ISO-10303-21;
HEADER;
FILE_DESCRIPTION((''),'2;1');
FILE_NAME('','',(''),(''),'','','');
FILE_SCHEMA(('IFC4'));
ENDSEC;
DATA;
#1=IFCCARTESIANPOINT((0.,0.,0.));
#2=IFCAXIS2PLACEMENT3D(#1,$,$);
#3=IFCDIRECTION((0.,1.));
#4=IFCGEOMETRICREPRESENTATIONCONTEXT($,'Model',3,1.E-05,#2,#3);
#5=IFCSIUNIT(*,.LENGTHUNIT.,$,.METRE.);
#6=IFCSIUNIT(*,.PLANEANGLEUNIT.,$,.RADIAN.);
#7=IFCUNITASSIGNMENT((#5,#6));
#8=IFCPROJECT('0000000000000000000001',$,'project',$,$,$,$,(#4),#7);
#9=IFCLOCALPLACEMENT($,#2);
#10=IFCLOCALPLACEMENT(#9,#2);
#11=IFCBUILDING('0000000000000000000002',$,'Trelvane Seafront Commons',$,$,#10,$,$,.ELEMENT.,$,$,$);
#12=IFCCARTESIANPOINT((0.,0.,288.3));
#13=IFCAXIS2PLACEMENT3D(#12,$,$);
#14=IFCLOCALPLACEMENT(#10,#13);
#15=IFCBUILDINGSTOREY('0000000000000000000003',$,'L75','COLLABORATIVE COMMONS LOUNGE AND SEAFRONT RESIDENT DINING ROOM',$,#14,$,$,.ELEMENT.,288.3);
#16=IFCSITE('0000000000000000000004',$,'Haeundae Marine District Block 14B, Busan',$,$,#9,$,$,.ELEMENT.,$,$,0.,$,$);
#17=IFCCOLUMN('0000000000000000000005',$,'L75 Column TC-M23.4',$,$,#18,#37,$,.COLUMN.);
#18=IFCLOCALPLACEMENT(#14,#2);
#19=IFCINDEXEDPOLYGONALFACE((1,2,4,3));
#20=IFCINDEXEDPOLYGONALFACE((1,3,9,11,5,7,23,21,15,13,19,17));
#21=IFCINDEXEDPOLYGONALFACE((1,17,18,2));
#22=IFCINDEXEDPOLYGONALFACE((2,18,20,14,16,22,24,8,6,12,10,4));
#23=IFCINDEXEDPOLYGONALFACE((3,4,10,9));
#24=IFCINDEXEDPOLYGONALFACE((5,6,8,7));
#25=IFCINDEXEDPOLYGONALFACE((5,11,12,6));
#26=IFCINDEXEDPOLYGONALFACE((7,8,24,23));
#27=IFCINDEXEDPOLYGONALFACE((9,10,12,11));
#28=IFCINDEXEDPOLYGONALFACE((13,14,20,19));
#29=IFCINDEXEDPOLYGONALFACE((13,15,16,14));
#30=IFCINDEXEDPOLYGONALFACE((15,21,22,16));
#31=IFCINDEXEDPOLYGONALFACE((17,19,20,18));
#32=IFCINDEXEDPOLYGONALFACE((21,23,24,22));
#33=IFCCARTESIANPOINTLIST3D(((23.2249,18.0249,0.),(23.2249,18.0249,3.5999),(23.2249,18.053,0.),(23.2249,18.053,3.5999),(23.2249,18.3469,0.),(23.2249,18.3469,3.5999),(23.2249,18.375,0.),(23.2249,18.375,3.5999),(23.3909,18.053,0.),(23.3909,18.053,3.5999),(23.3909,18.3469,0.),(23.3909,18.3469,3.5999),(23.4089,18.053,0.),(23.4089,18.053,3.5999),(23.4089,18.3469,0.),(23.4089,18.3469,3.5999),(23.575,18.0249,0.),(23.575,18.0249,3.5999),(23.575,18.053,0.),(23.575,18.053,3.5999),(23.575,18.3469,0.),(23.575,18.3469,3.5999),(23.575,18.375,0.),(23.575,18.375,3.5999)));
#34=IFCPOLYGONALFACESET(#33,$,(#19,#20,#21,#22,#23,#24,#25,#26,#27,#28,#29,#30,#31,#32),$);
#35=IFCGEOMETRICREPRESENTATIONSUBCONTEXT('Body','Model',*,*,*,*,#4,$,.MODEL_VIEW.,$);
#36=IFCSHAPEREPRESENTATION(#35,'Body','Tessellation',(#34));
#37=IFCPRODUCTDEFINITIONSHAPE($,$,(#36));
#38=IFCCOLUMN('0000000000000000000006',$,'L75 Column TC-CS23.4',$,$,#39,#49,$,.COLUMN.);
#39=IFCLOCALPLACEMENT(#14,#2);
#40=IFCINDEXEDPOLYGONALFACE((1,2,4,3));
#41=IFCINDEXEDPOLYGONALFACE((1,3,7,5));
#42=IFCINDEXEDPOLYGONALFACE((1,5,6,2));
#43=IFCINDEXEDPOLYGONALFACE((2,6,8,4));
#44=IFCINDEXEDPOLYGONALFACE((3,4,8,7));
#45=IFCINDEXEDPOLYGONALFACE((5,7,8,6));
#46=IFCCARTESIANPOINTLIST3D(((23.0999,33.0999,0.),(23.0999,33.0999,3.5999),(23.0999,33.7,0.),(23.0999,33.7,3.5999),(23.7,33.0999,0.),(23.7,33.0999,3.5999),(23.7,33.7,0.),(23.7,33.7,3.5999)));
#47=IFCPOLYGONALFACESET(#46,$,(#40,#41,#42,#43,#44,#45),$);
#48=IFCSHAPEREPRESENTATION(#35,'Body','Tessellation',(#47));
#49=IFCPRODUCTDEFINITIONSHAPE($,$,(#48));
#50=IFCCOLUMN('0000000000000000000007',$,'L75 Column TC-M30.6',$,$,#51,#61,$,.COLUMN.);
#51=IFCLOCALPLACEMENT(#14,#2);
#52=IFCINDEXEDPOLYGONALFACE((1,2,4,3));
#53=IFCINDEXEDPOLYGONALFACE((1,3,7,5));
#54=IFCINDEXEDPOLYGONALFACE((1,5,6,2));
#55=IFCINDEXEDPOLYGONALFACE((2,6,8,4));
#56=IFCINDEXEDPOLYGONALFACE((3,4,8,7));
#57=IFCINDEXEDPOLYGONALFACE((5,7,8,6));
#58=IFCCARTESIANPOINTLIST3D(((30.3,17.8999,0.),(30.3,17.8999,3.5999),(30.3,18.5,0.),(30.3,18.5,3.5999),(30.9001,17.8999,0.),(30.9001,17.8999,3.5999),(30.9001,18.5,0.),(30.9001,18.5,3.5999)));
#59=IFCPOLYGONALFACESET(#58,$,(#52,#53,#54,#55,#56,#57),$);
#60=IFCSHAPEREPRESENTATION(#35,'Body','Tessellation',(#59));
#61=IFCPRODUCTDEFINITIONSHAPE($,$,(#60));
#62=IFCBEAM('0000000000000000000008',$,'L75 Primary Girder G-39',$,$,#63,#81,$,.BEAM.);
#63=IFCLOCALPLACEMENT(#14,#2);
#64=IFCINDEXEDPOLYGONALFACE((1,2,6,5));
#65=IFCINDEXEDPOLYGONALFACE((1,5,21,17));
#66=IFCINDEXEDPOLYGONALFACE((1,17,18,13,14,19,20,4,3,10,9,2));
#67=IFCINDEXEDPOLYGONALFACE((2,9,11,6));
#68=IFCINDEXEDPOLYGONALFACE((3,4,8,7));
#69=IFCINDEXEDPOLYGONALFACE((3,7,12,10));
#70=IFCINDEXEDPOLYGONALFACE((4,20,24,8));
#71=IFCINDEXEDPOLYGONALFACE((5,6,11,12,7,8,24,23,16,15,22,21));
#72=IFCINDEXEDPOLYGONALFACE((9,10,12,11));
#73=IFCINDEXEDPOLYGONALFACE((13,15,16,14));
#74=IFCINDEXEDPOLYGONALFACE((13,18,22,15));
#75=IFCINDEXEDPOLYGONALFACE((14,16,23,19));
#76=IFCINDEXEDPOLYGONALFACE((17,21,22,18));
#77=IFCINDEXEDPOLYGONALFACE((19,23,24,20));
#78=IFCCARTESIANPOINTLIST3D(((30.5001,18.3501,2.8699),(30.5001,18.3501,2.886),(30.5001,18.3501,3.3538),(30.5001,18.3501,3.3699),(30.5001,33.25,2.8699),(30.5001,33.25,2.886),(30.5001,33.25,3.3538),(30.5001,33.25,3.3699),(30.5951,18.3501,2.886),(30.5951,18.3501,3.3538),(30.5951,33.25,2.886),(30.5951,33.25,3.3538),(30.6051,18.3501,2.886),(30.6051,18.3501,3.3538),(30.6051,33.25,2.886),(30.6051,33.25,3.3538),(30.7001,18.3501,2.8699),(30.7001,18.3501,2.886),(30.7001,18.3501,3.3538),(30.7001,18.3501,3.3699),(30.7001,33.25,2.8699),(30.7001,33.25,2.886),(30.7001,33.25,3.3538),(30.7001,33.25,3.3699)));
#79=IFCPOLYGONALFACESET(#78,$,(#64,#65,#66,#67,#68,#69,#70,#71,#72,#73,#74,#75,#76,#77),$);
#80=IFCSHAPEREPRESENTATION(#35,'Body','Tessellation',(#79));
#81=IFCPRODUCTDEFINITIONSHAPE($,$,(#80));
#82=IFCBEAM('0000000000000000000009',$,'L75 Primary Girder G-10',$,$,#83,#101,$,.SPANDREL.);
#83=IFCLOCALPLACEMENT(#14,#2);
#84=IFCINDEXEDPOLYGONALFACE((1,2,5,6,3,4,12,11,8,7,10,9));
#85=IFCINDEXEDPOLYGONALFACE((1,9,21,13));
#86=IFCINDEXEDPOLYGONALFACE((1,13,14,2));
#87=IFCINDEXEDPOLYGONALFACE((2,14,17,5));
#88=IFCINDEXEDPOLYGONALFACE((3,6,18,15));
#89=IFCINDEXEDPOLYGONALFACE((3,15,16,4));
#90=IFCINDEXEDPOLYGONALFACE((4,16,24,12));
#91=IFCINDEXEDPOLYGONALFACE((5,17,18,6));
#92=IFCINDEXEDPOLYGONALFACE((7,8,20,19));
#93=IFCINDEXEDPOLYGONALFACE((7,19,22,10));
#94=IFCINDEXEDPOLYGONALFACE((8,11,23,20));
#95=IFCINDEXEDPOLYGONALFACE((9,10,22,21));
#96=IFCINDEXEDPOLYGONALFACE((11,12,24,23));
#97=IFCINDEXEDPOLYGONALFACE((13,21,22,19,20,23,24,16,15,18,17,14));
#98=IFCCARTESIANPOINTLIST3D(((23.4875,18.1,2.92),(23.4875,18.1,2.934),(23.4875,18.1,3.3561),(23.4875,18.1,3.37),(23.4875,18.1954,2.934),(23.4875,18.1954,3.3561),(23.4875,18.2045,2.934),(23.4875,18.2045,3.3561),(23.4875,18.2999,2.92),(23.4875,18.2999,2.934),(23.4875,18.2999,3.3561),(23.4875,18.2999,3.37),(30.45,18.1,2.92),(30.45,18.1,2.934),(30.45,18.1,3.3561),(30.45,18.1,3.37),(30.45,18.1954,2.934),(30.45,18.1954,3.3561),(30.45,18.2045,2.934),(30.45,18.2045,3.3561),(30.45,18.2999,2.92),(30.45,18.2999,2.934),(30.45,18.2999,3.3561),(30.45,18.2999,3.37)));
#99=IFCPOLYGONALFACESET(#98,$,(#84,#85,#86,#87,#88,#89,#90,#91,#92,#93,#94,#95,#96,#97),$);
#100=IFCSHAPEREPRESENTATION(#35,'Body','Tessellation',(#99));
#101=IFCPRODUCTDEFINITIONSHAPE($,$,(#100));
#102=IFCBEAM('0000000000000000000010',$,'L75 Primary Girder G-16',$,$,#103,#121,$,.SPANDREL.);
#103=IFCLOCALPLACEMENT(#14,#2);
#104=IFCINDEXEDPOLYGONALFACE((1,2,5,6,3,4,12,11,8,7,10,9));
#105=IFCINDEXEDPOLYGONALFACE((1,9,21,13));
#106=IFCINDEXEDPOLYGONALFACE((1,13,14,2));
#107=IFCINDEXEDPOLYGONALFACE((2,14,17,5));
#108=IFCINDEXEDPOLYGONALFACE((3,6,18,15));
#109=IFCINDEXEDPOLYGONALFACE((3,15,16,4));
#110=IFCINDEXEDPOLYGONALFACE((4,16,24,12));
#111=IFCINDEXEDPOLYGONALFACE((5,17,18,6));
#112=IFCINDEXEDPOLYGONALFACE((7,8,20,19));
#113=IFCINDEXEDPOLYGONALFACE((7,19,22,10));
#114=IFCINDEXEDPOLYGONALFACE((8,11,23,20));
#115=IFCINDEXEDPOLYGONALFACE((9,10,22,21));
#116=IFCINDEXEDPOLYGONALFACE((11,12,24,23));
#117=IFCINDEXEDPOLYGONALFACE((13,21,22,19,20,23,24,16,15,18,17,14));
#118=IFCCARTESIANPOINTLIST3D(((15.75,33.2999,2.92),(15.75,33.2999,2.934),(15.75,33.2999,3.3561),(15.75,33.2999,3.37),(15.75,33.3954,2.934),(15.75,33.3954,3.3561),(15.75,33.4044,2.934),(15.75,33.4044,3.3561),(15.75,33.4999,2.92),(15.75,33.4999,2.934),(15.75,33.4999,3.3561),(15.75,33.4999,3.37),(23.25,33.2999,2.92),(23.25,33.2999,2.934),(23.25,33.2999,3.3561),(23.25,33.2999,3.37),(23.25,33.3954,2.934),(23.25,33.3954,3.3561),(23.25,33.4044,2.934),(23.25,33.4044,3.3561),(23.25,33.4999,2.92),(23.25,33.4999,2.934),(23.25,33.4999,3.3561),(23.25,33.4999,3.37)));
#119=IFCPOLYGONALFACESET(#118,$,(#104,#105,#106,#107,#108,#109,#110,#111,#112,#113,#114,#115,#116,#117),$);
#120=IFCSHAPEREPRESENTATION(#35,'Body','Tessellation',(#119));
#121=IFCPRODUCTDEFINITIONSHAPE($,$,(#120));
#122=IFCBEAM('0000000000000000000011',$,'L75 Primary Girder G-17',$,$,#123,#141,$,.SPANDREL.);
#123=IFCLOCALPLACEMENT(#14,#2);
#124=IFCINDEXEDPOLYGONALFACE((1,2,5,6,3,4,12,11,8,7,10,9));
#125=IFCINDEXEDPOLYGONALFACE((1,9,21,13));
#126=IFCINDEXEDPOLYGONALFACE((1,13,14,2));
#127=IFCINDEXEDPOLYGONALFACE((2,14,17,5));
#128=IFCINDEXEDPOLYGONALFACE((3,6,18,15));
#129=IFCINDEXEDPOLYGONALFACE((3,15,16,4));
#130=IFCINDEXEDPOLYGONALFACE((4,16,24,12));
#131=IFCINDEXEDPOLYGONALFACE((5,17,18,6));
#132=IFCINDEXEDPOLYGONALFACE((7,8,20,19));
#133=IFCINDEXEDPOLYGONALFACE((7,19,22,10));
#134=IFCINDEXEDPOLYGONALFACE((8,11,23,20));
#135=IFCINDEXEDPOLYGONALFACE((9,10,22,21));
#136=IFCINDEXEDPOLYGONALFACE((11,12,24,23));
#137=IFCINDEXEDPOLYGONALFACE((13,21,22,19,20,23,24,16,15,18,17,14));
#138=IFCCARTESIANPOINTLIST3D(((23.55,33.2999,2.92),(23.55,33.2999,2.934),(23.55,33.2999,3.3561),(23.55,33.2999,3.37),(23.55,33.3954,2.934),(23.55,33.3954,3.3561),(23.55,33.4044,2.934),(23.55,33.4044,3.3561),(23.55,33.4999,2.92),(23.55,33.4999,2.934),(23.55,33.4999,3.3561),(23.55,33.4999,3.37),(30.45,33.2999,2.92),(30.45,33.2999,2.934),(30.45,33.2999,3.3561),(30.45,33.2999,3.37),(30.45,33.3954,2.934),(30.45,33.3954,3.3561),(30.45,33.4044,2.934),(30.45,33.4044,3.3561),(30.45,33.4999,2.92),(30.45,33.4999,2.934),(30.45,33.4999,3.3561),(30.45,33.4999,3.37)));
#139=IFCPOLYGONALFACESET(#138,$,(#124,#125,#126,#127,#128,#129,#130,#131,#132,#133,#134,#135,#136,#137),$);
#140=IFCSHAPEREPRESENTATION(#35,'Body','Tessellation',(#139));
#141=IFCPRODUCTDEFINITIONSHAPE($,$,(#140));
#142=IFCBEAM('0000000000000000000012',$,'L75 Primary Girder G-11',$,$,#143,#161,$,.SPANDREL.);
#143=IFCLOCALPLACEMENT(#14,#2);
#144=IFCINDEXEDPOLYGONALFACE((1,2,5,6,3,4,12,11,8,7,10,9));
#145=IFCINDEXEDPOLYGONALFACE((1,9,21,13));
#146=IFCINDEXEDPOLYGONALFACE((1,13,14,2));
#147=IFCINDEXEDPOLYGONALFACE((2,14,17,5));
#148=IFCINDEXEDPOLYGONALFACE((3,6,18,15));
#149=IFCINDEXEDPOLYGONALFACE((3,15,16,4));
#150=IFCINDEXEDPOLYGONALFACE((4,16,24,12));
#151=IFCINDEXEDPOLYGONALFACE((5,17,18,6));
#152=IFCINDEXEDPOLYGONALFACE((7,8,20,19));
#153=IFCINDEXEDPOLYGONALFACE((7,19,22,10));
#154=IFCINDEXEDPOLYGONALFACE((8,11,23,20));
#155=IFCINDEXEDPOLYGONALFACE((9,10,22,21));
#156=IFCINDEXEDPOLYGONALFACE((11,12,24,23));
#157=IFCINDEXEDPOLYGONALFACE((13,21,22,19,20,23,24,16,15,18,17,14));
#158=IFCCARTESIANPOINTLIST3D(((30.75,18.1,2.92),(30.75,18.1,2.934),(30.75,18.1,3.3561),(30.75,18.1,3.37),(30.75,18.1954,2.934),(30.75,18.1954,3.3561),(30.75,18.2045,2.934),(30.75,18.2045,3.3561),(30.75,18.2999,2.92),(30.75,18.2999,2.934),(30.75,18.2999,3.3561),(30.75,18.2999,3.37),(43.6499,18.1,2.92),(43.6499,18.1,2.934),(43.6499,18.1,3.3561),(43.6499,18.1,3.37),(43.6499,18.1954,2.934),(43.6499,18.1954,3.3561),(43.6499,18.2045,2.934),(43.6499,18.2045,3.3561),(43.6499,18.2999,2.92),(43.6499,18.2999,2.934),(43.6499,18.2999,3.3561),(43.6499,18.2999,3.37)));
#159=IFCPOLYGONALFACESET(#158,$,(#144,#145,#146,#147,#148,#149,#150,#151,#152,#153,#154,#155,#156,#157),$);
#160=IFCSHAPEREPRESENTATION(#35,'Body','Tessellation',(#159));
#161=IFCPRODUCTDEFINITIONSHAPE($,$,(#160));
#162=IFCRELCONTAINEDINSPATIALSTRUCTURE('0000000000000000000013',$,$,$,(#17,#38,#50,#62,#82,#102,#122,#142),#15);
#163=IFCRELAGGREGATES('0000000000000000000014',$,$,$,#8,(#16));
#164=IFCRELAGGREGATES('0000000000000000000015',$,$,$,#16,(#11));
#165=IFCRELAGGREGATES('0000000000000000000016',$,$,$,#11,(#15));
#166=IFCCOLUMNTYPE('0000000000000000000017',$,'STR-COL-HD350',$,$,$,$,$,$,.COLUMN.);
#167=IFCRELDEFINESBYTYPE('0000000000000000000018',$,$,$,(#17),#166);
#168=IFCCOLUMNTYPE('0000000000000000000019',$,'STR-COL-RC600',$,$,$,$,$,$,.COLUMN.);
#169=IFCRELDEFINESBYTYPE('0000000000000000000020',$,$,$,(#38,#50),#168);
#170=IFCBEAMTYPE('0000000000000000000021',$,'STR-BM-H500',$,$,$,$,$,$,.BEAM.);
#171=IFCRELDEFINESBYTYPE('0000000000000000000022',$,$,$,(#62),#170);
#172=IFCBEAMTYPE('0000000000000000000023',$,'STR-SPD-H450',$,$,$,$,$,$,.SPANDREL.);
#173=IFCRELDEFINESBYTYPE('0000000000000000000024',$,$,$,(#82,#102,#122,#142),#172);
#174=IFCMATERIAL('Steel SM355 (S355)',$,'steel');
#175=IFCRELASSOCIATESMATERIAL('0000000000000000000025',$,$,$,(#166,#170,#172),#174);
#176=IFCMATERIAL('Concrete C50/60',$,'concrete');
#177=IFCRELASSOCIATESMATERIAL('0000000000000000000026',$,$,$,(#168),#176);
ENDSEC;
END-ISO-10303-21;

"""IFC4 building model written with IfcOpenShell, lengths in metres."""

from ifc_helpers import new_model, si_unit, direction, frame, origin, origin_2d, place, context, subcontext, project, spatial, rectangle, i_section, extrude, source, transform, mapped, material, material_profile, profile_set, type_object, element, save


model = new_model("IFC4")

# Units and contexts
model_context = context("Model", 3, precision=1e-05, world=origin(), true_north=direction((0.0, 1.0)))
body_context = subcontext(model_context, "Body", "Model", "MODEL_VIEW")
ifc_project = project(units=[si_unit("LENGTHUNIT", "METRE"), si_unit("PLANEANGLEUNIT", "RADIAN")], contexts=[model_context])

# Site, building, storey
site_placement = place(None, origin())
site = spatial("IfcSite", under=ifc_project, at=site_placement, Name="Haeundae Marine District Block 14B, Busan", CompositionType="ELEMENT", RefElevation=0.0)
building_placement = place(site_placement, origin())
building = spatial("IfcBuilding", under=site, at=building_placement, Name="Trelvane Seafront Commons", CompositionType="ELEMENT")
storey_placement = place(building_placement, frame((0.0, 0.0, 288.3)))
storey = spatial("IfcBuildingStorey", under=building, at=storey_placement, Name="L75", Description="COLLABORATIVE COMMONS LOUNGE AND SEAFRONT RESIDENT DINING ROOM", CompositionType="ELEMENT", Elevation=288.3)

# Columns
ifc_material_1 = material(Name="Steel SM355 (S355)", Category="steel")
ifc_material_profile_1 = material_profile(ifc_material_1, i_section(OverallWidth=0.3501, OverallDepth=0.3501, WebThickness=0.0181, FlangeThickness=0.0281, at=origin_2d()), Name="HD-350x350x18x28")
ifc_profile_set_1 = profile_set([ifc_material_profile_1], Name="Steel SM355 (S355)")
column_type_1 = type_object("IfcColumnType", Name="STR-COL-HD350", PredefinedType="COLUMN", material=ifc_profile_set_1)
shared_shape_1 = source(origin(), body_context, "Body", "SweptSolid", [
    extrude(i_section(OverallWidth=0.3501, OverallDepth=0.3501, WebThickness=0.0181, FlangeThickness=0.0281, at=origin_2d()), origin(), (0.0, 0.0, 1.0), 3.5999),
])
column_placement = place(storey_placement, frame((23.3999, 18.2, 0.0), z_axis=(0.0, 0.0, 1.0), x_axis=(1.0, 0.0, 0.0)))
element("IfcColumn", 1, at=column_placement, inside=storey, type_object=column_type_1, Name="L75 Column TC-M23.4", PredefinedType="COLUMN", context=body_context, shape_type="MappedRepresentation", body=[
    mapped(shared_shape_1, transform((0.0, 0.0, 0.0), x_axis=(1.0, 0.0, 0.0), y_axis=(0.0, 1.0, 0.0), z_axis=(0.0, 0.0, 1.0), scale=1.0)),
])
ifc_material_2 = material(Name="Concrete C50/60", Category="concrete")
ifc_material_profile_2 = material_profile(ifc_material_2, rectangle(XDim=0.6001, YDim=0.6001, at=origin_2d()), Name="RC-600x600")
ifc_profile_set_2 = profile_set([ifc_material_profile_2], Name="Concrete C50/60")
column_type_2 = type_object("IfcColumnType", Name="STR-COL-RC600", PredefinedType="COLUMN", material=ifc_profile_set_2)
shared_shape_2 = source(origin(), body_context, "Body", "SweptSolid", [
    extrude(rectangle(XDim=0.6001, YDim=0.6001, at=origin_2d()), origin(), (0.0, 0.0, 1.0), 3.5999),
])
for number, where, z_axis, x_axis, name in (
    (2, (23.3999, 33.3999, 0.0), (0.0, 0.0, 1.0), (1.0, 0.0, 0.0), "L75 Column TC-CS23.4"),
    (3, (30.6001, 18.2, 0.0), (0.0, 0.0, 1.0), (1.0, 0.0, 0.0), "L75 Column TC-M30.6"),
):
    element("IfcColumn", number, at=place(storey_placement, frame(where, z_axis=z_axis, x_axis=x_axis)), inside=storey, type_object=column_type_2, Name=name, PredefinedType="COLUMN", context=body_context, shape_type="MappedRepresentation", body=[
        mapped(shared_shape_2, transform((0.0, 0.0, 0.0), x_axis=(1.0, 0.0, 0.0), y_axis=(0.0, 1.0, 0.0), z_axis=(0.0, 0.0, 1.0), scale=1.0)),
    ])

# Beams
ifc_material_profile_3 = material_profile(ifc_material_1, i_section(OverallWidth=0.2, OverallDepth=0.5, WebThickness=0.01, FlangeThickness=0.0161, at=origin_2d()), Name="H-500x200x10x16")
ifc_profile_set_3 = profile_set([ifc_material_profile_3], Name="Steel SM355 (S355)")
beam_type_1 = type_object("IfcBeamType", Name="STR-BM-H500", PredefinedType="BEAM", material=ifc_profile_set_3)
shared_shape_3 = source(origin(), body_context, "Body", "SweptSolid", [
    extrude(i_section(OverallWidth=0.2, OverallDepth=0.5, WebThickness=0.01, FlangeThickness=0.0161, at=origin_2d()), origin(), (0.0, 0.0, 1.0), 14.8999),
])
beam_1_placement = place(storey_placement, frame((30.6001, 18.3501, 3.1199), z_axis=(0.0, 1.0, 0.0), x_axis=(-1.0, 0.0, 0.0)))
element("IfcBeam", 4, at=beam_1_placement, inside=storey, type_object=beam_type_1, Name="L75 Primary Girder G-39", PredefinedType="BEAM", context=body_context, shape_type="MappedRepresentation", body=[
    mapped(shared_shape_3, transform((0.0, 0.0, 0.0), x_axis=(1.0, 0.0, 0.0), y_axis=(0.0, 1.0, 0.0), z_axis=(0.0, 0.0, 1.0), scale=1.0)),
])
ifc_material_profile_4 = material_profile(ifc_material_1, i_section(OverallWidth=0.2, OverallDepth=0.45, WebThickness=0.009, FlangeThickness=0.0139, at=origin_2d()), Name="H-450x200x9x14")
ifc_profile_set_4 = profile_set([ifc_material_profile_4], Name="Steel SM355 (S355)")
beam_type_2 = type_object("IfcBeamType", Name="STR-SPD-H450", PredefinedType="SPANDREL", material=ifc_profile_set_4)
shared_shape_4 = source(origin(), body_context, "Body", "SweptSolid", [
    extrude(i_section(OverallWidth=0.2, OverallDepth=0.45, WebThickness=0.009, FlangeThickness=0.0139, at=origin_2d()), origin(), (0.0, 0.0, 1.0), 6.9624),
])
beam_2_placement = place(storey_placement, frame((23.4875, 18.2, 3.145), z_axis=(1.0, 0.0, 0.0), x_axis=(0.0, 1.0, 0.0)))
element("IfcBeam", 5, at=beam_2_placement, inside=storey, type_object=beam_type_2, Name="L75 Primary Girder G-10", PredefinedType="SPANDREL", context=body_context, shape_type="MappedRepresentation", body=[
    mapped(shared_shape_4, transform((0.0, 0.0, 0.0), x_axis=(1.0, 0.0, 0.0), y_axis=(0.0, 1.0, 0.0), z_axis=(0.0, 0.0, 1.0), scale=1.0)),
])
shared_shape_5 = source(origin(), body_context, "Body", "SweptSolid", [
    extrude(i_section(OverallWidth=0.2, OverallDepth=0.45, WebThickness=0.009, FlangeThickness=0.0139, at=origin_2d()), origin(), (0.0, 0.0, 1.0), 7.5),
])
beam_3_placement = place(storey_placement, frame((15.75, 33.3999, 3.145), z_axis=(1.0, 0.0, 0.0), x_axis=(0.0, 1.0, 0.0)))
element("IfcBeam", 6, at=beam_3_placement, inside=storey, type_object=beam_type_2, Name="L75 Primary Girder G-16", PredefinedType="SPANDREL", context=body_context, shape_type="MappedRepresentation", body=[
    mapped(shared_shape_5, transform((0.0, 0.0, 0.0), x_axis=(1.0, 0.0, 0.0), y_axis=(0.0, 1.0, 0.0), z_axis=(0.0, 0.0, 1.0), scale=1.0)),
])
shared_shape_6 = source(origin(), body_context, "Body", "SweptSolid", [
    extrude(i_section(OverallWidth=0.2, OverallDepth=0.45, WebThickness=0.009, FlangeThickness=0.0139, at=origin_2d()), origin(), (0.0, 0.0, 1.0), 6.8999),
])
beam_4_placement = place(storey_placement, frame((23.55, 33.3999, 3.145), z_axis=(1.0, 0.0, 0.0), x_axis=(0.0, 1.0, 0.0)))
element("IfcBeam", 7, at=beam_4_placement, inside=storey, type_object=beam_type_2, Name="L75 Primary Girder G-17", PredefinedType="SPANDREL", context=body_context, shape_type="MappedRepresentation", body=[
    mapped(shared_shape_6, transform((0.0, 0.0, 0.0), x_axis=(1.0, 0.0, 0.0), y_axis=(0.0, 1.0, 0.0), z_axis=(0.0, 0.0, 1.0), scale=1.0)),
])
shared_shape_7 = source(origin(), body_context, "Body", "SweptSolid", [
    extrude(i_section(OverallWidth=0.2, OverallDepth=0.45, WebThickness=0.009, FlangeThickness=0.0139, at=origin_2d()), origin(), (0.0, 0.0, 1.0), 12.8999),
])
beam_5_placement = place(storey_placement, frame((30.75, 18.2, 3.145), z_axis=(1.0, 0.0, 0.0), x_axis=(0.0, 1.0, 0.0)))
element("IfcBeam", 8, at=beam_5_placement, inside=storey, type_object=beam_type_2, Name="L75 Primary Girder G-11", PredefinedType="SPANDREL", context=body_context, shape_type="MappedRepresentation", body=[
    mapped(shared_shape_7, transform((0.0, 0.0, 0.0), x_axis=(1.0, 0.0, 0.0), y_axis=(0.0, 1.0, 0.0), z_axis=(0.0, 0.0, 1.0), scale=1.0)),
])

save(model, "model.ifc")
